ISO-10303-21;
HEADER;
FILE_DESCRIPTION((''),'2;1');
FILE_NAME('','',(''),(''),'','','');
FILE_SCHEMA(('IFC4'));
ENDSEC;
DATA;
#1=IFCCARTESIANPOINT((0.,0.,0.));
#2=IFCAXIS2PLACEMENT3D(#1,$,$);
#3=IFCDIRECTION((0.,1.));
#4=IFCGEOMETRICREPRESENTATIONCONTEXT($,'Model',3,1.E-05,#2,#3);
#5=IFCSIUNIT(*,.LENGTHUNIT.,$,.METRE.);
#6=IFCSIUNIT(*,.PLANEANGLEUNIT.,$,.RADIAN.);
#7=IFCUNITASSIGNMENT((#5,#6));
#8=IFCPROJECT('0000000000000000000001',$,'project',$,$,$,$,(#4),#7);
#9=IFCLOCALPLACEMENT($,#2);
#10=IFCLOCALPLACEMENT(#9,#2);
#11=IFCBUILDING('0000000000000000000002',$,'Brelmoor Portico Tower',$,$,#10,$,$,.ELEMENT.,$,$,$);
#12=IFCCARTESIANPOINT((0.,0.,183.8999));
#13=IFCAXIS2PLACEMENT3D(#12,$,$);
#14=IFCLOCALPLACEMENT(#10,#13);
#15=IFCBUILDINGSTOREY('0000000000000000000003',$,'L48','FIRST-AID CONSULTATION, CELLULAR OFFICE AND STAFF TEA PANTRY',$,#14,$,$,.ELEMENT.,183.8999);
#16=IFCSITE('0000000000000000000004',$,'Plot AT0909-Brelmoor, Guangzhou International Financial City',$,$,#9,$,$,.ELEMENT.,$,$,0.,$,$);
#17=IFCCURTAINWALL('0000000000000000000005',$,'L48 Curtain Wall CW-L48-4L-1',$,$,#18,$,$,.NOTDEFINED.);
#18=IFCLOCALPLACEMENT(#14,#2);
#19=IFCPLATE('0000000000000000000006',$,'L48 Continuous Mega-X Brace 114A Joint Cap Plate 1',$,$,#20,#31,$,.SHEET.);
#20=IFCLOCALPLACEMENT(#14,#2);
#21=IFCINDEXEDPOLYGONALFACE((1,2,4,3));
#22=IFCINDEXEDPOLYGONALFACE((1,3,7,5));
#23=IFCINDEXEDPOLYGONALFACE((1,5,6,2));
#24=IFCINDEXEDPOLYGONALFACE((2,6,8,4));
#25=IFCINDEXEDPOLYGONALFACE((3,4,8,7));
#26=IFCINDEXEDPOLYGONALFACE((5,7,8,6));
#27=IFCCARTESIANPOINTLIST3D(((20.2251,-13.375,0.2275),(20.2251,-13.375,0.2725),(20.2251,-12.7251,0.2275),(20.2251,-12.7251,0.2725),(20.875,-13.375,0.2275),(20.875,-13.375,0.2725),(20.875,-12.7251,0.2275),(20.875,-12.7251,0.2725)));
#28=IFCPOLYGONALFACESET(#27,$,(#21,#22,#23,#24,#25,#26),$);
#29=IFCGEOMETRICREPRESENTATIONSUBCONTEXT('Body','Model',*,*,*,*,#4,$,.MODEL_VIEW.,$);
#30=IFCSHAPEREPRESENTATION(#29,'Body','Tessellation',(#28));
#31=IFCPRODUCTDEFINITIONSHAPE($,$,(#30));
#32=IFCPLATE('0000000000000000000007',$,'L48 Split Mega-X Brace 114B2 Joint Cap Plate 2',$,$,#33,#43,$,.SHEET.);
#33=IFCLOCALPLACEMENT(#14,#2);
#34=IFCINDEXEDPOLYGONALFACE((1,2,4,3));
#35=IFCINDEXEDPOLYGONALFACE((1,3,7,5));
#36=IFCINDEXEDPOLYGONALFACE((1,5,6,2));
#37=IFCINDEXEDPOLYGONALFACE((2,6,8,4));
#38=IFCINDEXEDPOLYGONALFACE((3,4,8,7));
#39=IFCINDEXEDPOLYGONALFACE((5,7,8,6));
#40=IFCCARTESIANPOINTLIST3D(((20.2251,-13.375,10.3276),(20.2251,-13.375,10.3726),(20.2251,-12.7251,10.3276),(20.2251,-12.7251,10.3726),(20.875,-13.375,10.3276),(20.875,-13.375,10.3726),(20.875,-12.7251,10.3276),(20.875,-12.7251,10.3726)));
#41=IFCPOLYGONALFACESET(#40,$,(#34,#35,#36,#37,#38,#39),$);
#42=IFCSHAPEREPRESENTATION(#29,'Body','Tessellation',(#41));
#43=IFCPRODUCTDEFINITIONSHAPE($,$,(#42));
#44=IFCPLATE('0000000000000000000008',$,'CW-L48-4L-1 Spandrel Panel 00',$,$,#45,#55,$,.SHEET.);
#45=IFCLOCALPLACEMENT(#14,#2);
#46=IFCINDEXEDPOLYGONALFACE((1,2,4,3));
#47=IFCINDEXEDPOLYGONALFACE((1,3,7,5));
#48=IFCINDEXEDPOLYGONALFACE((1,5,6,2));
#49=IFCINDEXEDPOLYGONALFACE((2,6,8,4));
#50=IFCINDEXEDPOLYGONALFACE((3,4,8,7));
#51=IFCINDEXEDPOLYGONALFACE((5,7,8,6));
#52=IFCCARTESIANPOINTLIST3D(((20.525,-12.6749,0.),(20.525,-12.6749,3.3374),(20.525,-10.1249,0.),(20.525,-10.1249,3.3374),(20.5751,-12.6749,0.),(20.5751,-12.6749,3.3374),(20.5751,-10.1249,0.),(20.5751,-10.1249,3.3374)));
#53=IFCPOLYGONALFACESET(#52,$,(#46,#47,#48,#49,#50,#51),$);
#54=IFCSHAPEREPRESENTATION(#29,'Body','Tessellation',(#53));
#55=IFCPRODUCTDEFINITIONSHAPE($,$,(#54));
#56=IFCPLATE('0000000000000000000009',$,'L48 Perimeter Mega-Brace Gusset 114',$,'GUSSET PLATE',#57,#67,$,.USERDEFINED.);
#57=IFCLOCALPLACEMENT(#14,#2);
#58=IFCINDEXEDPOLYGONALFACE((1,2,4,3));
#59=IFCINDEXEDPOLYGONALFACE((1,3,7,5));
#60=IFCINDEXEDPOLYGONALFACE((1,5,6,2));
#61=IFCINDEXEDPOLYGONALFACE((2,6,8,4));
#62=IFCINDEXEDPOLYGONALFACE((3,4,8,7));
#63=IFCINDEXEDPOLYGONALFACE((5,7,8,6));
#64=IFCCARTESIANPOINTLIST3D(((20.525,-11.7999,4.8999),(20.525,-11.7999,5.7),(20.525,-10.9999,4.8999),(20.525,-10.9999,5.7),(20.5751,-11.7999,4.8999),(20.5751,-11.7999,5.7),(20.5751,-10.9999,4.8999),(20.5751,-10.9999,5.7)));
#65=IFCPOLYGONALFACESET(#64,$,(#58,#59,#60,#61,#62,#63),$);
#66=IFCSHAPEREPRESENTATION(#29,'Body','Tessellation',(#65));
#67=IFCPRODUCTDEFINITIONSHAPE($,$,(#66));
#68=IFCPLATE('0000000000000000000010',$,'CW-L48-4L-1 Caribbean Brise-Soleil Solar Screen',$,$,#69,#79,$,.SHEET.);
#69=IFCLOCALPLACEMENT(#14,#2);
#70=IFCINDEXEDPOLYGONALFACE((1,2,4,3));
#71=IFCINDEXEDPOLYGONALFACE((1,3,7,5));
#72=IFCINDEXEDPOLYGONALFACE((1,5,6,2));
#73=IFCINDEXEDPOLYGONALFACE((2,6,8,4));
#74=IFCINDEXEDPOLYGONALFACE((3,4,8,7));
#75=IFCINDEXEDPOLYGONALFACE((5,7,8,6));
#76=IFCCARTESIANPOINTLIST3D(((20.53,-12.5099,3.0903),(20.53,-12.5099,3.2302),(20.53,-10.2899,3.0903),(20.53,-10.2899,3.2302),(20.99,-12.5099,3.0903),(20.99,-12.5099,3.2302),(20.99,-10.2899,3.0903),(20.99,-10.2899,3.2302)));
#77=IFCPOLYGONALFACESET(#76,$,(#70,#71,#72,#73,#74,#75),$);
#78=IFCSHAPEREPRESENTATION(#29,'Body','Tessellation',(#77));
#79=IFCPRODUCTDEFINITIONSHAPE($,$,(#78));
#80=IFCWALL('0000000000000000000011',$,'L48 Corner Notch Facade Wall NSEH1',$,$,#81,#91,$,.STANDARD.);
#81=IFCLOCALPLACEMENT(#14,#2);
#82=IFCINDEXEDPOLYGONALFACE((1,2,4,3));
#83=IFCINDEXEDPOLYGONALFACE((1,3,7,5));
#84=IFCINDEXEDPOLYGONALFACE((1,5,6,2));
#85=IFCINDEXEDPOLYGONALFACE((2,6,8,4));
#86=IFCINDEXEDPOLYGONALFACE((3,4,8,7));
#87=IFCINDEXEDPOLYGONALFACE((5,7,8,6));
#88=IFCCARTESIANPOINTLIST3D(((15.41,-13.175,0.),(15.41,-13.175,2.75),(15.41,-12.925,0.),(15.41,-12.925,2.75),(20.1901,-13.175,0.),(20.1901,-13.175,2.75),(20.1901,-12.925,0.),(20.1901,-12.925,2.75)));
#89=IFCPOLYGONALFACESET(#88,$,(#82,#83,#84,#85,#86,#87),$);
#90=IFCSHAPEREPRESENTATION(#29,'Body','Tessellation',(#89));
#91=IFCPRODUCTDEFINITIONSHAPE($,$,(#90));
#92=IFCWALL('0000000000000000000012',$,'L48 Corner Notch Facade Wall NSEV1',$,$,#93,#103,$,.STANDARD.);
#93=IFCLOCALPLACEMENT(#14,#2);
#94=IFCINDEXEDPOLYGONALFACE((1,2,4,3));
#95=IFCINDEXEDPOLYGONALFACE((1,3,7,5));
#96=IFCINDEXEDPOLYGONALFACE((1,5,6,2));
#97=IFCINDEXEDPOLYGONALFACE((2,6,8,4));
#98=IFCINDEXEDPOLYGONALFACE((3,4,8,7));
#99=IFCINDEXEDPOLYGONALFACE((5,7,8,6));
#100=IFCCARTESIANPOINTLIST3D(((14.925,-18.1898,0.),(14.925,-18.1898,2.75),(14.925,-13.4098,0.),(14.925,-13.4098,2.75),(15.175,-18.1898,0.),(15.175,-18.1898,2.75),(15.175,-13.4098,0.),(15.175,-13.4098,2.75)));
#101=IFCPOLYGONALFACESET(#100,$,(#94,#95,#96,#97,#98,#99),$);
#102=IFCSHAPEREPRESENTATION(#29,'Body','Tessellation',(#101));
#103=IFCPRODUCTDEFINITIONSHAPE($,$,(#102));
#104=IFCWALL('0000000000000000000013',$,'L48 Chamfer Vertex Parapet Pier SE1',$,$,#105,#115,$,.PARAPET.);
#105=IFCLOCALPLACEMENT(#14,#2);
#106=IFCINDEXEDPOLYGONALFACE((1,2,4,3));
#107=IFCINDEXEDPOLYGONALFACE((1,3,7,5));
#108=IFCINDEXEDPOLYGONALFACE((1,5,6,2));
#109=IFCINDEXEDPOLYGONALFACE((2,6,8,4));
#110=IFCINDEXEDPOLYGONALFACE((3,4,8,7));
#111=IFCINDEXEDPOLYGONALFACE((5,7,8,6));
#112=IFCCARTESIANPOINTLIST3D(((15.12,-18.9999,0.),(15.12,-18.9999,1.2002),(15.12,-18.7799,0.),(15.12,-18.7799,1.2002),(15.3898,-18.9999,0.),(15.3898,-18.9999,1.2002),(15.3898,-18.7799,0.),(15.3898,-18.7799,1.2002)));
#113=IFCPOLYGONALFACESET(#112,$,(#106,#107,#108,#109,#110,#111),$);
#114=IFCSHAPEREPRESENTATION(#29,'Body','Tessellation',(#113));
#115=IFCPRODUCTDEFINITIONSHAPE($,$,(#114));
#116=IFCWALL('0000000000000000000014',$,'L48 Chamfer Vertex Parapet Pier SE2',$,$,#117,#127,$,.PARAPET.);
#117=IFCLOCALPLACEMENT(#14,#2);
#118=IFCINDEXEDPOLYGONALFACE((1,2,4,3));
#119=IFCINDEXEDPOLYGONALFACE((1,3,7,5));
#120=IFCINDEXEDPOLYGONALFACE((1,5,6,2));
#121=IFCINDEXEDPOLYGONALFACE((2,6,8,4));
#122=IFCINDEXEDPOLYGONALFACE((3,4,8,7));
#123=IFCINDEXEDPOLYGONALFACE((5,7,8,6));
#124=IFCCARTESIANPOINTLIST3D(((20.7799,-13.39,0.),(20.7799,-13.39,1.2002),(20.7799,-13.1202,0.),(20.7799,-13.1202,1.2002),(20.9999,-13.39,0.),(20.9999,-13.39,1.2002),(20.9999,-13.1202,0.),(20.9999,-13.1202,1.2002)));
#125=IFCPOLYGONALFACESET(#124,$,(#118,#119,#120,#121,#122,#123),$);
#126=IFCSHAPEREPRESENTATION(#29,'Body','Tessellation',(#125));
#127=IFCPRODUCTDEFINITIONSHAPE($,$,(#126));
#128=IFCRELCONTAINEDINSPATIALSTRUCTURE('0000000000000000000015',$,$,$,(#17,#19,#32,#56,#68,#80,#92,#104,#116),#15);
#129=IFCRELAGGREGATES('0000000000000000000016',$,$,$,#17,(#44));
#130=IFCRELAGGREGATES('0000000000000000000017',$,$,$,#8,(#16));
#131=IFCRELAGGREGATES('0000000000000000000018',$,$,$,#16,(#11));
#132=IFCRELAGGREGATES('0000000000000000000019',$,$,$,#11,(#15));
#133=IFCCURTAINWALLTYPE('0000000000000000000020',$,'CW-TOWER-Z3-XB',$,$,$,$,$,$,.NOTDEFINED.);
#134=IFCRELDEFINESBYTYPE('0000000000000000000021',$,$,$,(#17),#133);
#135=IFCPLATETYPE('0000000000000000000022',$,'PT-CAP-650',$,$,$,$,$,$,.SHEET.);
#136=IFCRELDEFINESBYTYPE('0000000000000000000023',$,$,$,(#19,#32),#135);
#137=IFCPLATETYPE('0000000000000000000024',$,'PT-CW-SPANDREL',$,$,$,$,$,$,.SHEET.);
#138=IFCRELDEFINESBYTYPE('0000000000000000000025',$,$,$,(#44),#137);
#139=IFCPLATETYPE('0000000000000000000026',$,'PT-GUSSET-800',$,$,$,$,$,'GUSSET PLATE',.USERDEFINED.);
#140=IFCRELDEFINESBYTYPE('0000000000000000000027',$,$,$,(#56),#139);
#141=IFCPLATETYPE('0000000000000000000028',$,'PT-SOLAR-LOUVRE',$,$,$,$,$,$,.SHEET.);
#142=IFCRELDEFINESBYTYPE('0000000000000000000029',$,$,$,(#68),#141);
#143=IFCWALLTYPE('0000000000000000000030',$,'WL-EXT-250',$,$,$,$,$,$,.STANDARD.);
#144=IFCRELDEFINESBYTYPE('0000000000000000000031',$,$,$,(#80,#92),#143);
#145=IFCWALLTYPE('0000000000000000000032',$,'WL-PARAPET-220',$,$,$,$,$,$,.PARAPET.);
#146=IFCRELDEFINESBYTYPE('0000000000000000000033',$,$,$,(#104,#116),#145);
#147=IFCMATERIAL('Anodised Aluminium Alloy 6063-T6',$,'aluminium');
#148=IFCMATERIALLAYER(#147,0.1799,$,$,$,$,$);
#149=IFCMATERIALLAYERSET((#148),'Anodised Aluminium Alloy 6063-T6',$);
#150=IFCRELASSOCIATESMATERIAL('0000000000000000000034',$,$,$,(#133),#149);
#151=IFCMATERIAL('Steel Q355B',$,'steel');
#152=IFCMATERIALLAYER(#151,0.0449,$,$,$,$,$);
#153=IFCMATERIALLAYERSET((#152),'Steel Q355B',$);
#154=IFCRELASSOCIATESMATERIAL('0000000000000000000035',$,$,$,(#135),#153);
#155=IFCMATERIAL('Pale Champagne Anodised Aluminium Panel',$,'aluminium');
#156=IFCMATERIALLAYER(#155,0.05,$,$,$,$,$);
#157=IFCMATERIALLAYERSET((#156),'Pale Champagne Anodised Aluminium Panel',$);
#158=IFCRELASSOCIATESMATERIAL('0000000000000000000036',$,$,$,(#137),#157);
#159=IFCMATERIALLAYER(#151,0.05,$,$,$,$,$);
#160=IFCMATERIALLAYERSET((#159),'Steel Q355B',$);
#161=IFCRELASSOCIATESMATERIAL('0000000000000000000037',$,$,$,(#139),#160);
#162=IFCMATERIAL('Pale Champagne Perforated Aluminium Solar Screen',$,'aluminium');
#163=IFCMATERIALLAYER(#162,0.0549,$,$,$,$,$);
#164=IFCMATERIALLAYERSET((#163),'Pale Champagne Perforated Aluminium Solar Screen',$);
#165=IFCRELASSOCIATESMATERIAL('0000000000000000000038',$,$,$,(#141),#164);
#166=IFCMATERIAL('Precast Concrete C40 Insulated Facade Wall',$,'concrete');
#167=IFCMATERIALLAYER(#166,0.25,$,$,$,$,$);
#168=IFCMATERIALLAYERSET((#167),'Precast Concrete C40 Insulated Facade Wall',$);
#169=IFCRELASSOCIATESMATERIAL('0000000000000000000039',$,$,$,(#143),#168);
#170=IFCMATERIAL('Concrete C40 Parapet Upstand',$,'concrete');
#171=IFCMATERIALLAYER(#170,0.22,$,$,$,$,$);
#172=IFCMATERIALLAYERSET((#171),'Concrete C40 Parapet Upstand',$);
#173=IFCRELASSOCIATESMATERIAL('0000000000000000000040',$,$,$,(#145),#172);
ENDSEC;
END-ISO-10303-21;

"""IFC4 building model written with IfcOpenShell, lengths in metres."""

from ifc_helpers import new_model, si_unit, direction, frame, frame_2d, origin, origin_2d, place, context, subcontext, project, spatial, rectangle, extrude, material, layer, layer_set, type_object, element, aggregate, save


model = new_model("IFC4")

# Units and contexts
model_context = context("Model", 3, precision=1e-05, world=origin(), true_north=direction((0.0, 1.0)))
body_context = subcontext(model_context, "Body", "Model", "MODEL_VIEW")
ifc_project = project(units=[si_unit("LENGTHUNIT", "METRE"), si_unit("PLANEANGLEUNIT", "RADIAN")], contexts=[model_context])

# Site, building, storey
site_placement = place(None, origin())
site = spatial("IfcSite", under=ifc_project, at=site_placement, Name="Plot AT0909-Brelmoor, Guangzhou International Financial City", CompositionType="ELEMENT", RefElevation=0.0)
building_placement = place(site_placement, origin())
building = spatial("IfcBuilding", under=site, at=building_placement, Name="Brelmoor Portico Tower", CompositionType="ELEMENT")
storey_placement = place(building_placement, frame((0.0, 0.0, 183.8999)))
storey = spatial("IfcBuildingStorey", under=building, at=storey_placement, Name="L48", Description="FIRST-AID CONSULTATION, CELLULAR OFFICE AND STAFF TEA PANTRY", CompositionType="ELEMENT", Elevation=183.8999)

# Shared definitions
ifc_material_1 = material(Name="Steel Q355B", Category="steel")

# Shared definitions
ifc_material_2 = material(Name="Anodised Aluminium Alloy 6063-T6", Category="aluminium")
ifc_layer_1 = layer(ifc_material_2, 0.1799)
ifc_layer_set_1 = layer_set([ifc_layer_1], Name="Anodised Aluminium Alloy 6063-T6")
curtain_wall_type = type_object("IfcCurtainWallType", Name="CW-TOWER-Z3-XB", PredefinedType="NOTDEFINED", material=ifc_layer_set_1)

# Curtain wall
curtain_wall_1_placement = place(storey_placement, origin())
curtain_wall_1 = element("IfcCurtainWall", 1, at=curtain_wall_1_placement, inside=storey, type_object=curtain_wall_type, Name="L48 Curtain Wall CW-L48-4L-1", PredefinedType="NOTDEFINED")

# Plates
ifc_layer_2 = layer(ifc_material_1, 0.0449)
ifc_layer_set_2 = layer_set([ifc_layer_2], Name="Steel Q355B")
plate_type_1 = type_object("IfcPlateType", Name="PT-CAP-650", PredefinedType="SHEET", material=ifc_layer_set_2)
for number, where, z_axis, x_axis, name in (
    (2, (20.55, -13.05, 0.2275), (0.0, 0.0, 1.0), (1.0, 0.0, 0.0), "L48 Continuous Mega-X Brace 114A Joint Cap Plate 1"),
    (3, (20.55, -13.05, 10.3276), (0.0, 0.0, 1.0), (1.0, 0.0, 0.0), "L48 Split Mega-X Brace 114B2 Joint Cap Plate 2"),
):
    element("IfcPlate", number, at=place(storey_placement, frame(where, z_axis=z_axis, x_axis=x_axis)), inside=storey, type_object=plate_type_1, Name=name, PredefinedType="SHEET", context=body_context, shape_type="SweptSolid", body=[
        extrude(rectangle(XDim=0.6499, YDim=0.6499, at=origin_2d()), origin(), (0.0, 0.0, 1.0), 0.0449),
    ])

# Plate
ifc_material_3 = material(Name="Pale Champagne Anodised Aluminium Panel", Category="aluminium")
ifc_layer_3 = layer(ifc_material_3, 0.05)
ifc_layer_set_3 = layer_set([ifc_layer_3], Name="Pale Champagne Anodised Aluminium Panel")
plate_type_2 = type_object("IfcPlateType", Name="PT-CW-SPANDREL", PredefinedType="SHEET", material=ifc_layer_set_3)
plate_1_placement = place(storey_placement, frame((20.55, -11.3999, 0.0), z_axis=(0.0, 0.0, 1.0), x_axis=(0.0, 1.0, 0.0)))
plate_1 = element("IfcPlate", 4, at=plate_1_placement, type_object=plate_type_2, Name="CW-L48-4L-1 Spandrel Panel 00", PredefinedType="SHEET", context=body_context, shape_type="SweptSolid", body=[
    extrude(rectangle(XDim=2.55, YDim=0.05, at=origin_2d()), origin(), (0.0, 0.0, 1.0), 3.3374),
])
aggregate(curtain_wall_1, [plate_1])

# Plates
ifc_layer_4 = layer(ifc_material_1, 0.05)
ifc_layer_set_4 = layer_set([ifc_layer_4], Name="Steel Q355B")
plate_type_3 = type_object("IfcPlateType", Name="PT-GUSSET-800", ElementType="GUSSET PLATE", PredefinedType="USERDEFINED", material=ifc_layer_set_4)
plate_2_placement = place(storey_placement, frame((20.55, -11.3999, 4.8999), z_axis=(0.0, 0.0, 1.0), x_axis=(1.0, 0.0, 0.0)))
element("IfcPlate", 5, at=plate_2_placement, inside=storey, type_object=plate_type_3, Name="L48 Perimeter Mega-Brace Gusset 114", ObjectType="GUSSET PLATE", PredefinedType="USERDEFINED", context=body_context, shape_type="SweptSolid", body=[
    extrude(rectangle(XDim=0.05, YDim=0.8, at=origin_2d()), origin(), (0.0, 0.0, 1.0), 0.8),
])
ifc_material_4 = material(Name="Pale Champagne Perforated Aluminium Solar Screen", Category="aluminium")
ifc_layer_5 = layer(ifc_material_4, 0.0549)
ifc_layer_set_5 = layer_set([ifc_layer_5], Name="Pale Champagne Perforated Aluminium Solar Screen")
plate_type_4 = type_object("IfcPlateType", Name="PT-SOLAR-LOUVRE", PredefinedType="SHEET", material=ifc_layer_set_5)
plate_3_placement = place(storey_placement, frame((20.76, -11.3999, 3.0903), z_axis=(0.0, 0.0, 1.0), x_axis=(0.0, 1.0, 0.0)))
element("IfcPlate", 6, at=plate_3_placement, inside=storey, type_object=plate_type_4, Name="CW-L48-4L-1 Caribbean Brise-Soleil Solar Screen", PredefinedType="SHEET", context=body_context, shape_type="SweptSolid", body=[
    extrude(rectangle(XDim=2.22, YDim=0.46, at=origin_2d()), origin(), (0.0, 0.0, 1.0), 0.1399),
])

# Walls
ifc_material_5 = material(Name="Precast Concrete C40 Insulated Facade Wall", Category="concrete")
ifc_layer_6 = layer(ifc_material_5, 0.25)
ifc_layer_set_6 = layer_set([ifc_layer_6], Name="Precast Concrete C40 Insulated Facade Wall")
wall_type_1 = type_object("IfcWallType", Name="WL-EXT-250", PredefinedType="STANDARD", material=ifc_layer_set_6)
for number, where, z_axis, x_axis, name in (
    (7, (15.4099, -13.05, 0.0), (0.0, 0.0, 1.0), (1.0, 0.0, 0.0), "L48 Corner Notch Facade Wall NSEH1"),
    (8, (15.05, -18.1899, 0.0), (0.0, 0.0, 1.0), (0.0, 1.0, 0.0), "L48 Corner Notch Facade Wall NSEV1"),
):
    element("IfcWall", number, at=place(storey_placement, frame(where, z_axis=z_axis, x_axis=x_axis)), inside=storey, type_object=wall_type_1, Name=name, PredefinedType="STANDARD", context=body_context, shape_type="SweptSolid", body=[
        extrude(rectangle(XDim=4.78, YDim=0.25, at=frame_2d((2.3901, 0.0))), origin(), (0.0, 0.0, 1.0), 2.75),
    ])
ifc_material_6 = material(Name="Concrete C40 Parapet Upstand", Category="concrete")
ifc_layer_7 = layer(ifc_material_6, 0.22)
ifc_layer_set_7 = layer_set([ifc_layer_7], Name="Concrete C40 Parapet Upstand")
wall_type_2 = type_object("IfcWallType", Name="WL-PARAPET-220", PredefinedType="PARAPET", material=ifc_layer_set_7)
for number, where, z_axis, x_axis, name in (
    (9, (15.1201, -18.8899, 0.0), (0.0, 0.0, 1.0), (1.0, 0.0, 0.0), "L48 Chamfer Vertex Parapet Pier SE1"),
    (10, (20.8899, -13.3899, 0.0), (0.0, 0.0, 1.0), (0.0, 1.0, 0.0), "L48 Chamfer Vertex Parapet Pier SE2"),
):
    element("IfcWall", number, at=place(storey_placement, frame(where, z_axis=z_axis, x_axis=x_axis)), inside=storey, type_object=wall_type_2, Name=name, PredefinedType="PARAPET", context=body_context, shape_type="SweptSolid", body=[
        extrude(rectangle(XDim=0.2698, YDim=0.22, at=frame_2d((0.1348, 0.0))), origin(), (0.0, 0.0, 1.0), 1.2002),
    ])

save(model, "model.ifc")
